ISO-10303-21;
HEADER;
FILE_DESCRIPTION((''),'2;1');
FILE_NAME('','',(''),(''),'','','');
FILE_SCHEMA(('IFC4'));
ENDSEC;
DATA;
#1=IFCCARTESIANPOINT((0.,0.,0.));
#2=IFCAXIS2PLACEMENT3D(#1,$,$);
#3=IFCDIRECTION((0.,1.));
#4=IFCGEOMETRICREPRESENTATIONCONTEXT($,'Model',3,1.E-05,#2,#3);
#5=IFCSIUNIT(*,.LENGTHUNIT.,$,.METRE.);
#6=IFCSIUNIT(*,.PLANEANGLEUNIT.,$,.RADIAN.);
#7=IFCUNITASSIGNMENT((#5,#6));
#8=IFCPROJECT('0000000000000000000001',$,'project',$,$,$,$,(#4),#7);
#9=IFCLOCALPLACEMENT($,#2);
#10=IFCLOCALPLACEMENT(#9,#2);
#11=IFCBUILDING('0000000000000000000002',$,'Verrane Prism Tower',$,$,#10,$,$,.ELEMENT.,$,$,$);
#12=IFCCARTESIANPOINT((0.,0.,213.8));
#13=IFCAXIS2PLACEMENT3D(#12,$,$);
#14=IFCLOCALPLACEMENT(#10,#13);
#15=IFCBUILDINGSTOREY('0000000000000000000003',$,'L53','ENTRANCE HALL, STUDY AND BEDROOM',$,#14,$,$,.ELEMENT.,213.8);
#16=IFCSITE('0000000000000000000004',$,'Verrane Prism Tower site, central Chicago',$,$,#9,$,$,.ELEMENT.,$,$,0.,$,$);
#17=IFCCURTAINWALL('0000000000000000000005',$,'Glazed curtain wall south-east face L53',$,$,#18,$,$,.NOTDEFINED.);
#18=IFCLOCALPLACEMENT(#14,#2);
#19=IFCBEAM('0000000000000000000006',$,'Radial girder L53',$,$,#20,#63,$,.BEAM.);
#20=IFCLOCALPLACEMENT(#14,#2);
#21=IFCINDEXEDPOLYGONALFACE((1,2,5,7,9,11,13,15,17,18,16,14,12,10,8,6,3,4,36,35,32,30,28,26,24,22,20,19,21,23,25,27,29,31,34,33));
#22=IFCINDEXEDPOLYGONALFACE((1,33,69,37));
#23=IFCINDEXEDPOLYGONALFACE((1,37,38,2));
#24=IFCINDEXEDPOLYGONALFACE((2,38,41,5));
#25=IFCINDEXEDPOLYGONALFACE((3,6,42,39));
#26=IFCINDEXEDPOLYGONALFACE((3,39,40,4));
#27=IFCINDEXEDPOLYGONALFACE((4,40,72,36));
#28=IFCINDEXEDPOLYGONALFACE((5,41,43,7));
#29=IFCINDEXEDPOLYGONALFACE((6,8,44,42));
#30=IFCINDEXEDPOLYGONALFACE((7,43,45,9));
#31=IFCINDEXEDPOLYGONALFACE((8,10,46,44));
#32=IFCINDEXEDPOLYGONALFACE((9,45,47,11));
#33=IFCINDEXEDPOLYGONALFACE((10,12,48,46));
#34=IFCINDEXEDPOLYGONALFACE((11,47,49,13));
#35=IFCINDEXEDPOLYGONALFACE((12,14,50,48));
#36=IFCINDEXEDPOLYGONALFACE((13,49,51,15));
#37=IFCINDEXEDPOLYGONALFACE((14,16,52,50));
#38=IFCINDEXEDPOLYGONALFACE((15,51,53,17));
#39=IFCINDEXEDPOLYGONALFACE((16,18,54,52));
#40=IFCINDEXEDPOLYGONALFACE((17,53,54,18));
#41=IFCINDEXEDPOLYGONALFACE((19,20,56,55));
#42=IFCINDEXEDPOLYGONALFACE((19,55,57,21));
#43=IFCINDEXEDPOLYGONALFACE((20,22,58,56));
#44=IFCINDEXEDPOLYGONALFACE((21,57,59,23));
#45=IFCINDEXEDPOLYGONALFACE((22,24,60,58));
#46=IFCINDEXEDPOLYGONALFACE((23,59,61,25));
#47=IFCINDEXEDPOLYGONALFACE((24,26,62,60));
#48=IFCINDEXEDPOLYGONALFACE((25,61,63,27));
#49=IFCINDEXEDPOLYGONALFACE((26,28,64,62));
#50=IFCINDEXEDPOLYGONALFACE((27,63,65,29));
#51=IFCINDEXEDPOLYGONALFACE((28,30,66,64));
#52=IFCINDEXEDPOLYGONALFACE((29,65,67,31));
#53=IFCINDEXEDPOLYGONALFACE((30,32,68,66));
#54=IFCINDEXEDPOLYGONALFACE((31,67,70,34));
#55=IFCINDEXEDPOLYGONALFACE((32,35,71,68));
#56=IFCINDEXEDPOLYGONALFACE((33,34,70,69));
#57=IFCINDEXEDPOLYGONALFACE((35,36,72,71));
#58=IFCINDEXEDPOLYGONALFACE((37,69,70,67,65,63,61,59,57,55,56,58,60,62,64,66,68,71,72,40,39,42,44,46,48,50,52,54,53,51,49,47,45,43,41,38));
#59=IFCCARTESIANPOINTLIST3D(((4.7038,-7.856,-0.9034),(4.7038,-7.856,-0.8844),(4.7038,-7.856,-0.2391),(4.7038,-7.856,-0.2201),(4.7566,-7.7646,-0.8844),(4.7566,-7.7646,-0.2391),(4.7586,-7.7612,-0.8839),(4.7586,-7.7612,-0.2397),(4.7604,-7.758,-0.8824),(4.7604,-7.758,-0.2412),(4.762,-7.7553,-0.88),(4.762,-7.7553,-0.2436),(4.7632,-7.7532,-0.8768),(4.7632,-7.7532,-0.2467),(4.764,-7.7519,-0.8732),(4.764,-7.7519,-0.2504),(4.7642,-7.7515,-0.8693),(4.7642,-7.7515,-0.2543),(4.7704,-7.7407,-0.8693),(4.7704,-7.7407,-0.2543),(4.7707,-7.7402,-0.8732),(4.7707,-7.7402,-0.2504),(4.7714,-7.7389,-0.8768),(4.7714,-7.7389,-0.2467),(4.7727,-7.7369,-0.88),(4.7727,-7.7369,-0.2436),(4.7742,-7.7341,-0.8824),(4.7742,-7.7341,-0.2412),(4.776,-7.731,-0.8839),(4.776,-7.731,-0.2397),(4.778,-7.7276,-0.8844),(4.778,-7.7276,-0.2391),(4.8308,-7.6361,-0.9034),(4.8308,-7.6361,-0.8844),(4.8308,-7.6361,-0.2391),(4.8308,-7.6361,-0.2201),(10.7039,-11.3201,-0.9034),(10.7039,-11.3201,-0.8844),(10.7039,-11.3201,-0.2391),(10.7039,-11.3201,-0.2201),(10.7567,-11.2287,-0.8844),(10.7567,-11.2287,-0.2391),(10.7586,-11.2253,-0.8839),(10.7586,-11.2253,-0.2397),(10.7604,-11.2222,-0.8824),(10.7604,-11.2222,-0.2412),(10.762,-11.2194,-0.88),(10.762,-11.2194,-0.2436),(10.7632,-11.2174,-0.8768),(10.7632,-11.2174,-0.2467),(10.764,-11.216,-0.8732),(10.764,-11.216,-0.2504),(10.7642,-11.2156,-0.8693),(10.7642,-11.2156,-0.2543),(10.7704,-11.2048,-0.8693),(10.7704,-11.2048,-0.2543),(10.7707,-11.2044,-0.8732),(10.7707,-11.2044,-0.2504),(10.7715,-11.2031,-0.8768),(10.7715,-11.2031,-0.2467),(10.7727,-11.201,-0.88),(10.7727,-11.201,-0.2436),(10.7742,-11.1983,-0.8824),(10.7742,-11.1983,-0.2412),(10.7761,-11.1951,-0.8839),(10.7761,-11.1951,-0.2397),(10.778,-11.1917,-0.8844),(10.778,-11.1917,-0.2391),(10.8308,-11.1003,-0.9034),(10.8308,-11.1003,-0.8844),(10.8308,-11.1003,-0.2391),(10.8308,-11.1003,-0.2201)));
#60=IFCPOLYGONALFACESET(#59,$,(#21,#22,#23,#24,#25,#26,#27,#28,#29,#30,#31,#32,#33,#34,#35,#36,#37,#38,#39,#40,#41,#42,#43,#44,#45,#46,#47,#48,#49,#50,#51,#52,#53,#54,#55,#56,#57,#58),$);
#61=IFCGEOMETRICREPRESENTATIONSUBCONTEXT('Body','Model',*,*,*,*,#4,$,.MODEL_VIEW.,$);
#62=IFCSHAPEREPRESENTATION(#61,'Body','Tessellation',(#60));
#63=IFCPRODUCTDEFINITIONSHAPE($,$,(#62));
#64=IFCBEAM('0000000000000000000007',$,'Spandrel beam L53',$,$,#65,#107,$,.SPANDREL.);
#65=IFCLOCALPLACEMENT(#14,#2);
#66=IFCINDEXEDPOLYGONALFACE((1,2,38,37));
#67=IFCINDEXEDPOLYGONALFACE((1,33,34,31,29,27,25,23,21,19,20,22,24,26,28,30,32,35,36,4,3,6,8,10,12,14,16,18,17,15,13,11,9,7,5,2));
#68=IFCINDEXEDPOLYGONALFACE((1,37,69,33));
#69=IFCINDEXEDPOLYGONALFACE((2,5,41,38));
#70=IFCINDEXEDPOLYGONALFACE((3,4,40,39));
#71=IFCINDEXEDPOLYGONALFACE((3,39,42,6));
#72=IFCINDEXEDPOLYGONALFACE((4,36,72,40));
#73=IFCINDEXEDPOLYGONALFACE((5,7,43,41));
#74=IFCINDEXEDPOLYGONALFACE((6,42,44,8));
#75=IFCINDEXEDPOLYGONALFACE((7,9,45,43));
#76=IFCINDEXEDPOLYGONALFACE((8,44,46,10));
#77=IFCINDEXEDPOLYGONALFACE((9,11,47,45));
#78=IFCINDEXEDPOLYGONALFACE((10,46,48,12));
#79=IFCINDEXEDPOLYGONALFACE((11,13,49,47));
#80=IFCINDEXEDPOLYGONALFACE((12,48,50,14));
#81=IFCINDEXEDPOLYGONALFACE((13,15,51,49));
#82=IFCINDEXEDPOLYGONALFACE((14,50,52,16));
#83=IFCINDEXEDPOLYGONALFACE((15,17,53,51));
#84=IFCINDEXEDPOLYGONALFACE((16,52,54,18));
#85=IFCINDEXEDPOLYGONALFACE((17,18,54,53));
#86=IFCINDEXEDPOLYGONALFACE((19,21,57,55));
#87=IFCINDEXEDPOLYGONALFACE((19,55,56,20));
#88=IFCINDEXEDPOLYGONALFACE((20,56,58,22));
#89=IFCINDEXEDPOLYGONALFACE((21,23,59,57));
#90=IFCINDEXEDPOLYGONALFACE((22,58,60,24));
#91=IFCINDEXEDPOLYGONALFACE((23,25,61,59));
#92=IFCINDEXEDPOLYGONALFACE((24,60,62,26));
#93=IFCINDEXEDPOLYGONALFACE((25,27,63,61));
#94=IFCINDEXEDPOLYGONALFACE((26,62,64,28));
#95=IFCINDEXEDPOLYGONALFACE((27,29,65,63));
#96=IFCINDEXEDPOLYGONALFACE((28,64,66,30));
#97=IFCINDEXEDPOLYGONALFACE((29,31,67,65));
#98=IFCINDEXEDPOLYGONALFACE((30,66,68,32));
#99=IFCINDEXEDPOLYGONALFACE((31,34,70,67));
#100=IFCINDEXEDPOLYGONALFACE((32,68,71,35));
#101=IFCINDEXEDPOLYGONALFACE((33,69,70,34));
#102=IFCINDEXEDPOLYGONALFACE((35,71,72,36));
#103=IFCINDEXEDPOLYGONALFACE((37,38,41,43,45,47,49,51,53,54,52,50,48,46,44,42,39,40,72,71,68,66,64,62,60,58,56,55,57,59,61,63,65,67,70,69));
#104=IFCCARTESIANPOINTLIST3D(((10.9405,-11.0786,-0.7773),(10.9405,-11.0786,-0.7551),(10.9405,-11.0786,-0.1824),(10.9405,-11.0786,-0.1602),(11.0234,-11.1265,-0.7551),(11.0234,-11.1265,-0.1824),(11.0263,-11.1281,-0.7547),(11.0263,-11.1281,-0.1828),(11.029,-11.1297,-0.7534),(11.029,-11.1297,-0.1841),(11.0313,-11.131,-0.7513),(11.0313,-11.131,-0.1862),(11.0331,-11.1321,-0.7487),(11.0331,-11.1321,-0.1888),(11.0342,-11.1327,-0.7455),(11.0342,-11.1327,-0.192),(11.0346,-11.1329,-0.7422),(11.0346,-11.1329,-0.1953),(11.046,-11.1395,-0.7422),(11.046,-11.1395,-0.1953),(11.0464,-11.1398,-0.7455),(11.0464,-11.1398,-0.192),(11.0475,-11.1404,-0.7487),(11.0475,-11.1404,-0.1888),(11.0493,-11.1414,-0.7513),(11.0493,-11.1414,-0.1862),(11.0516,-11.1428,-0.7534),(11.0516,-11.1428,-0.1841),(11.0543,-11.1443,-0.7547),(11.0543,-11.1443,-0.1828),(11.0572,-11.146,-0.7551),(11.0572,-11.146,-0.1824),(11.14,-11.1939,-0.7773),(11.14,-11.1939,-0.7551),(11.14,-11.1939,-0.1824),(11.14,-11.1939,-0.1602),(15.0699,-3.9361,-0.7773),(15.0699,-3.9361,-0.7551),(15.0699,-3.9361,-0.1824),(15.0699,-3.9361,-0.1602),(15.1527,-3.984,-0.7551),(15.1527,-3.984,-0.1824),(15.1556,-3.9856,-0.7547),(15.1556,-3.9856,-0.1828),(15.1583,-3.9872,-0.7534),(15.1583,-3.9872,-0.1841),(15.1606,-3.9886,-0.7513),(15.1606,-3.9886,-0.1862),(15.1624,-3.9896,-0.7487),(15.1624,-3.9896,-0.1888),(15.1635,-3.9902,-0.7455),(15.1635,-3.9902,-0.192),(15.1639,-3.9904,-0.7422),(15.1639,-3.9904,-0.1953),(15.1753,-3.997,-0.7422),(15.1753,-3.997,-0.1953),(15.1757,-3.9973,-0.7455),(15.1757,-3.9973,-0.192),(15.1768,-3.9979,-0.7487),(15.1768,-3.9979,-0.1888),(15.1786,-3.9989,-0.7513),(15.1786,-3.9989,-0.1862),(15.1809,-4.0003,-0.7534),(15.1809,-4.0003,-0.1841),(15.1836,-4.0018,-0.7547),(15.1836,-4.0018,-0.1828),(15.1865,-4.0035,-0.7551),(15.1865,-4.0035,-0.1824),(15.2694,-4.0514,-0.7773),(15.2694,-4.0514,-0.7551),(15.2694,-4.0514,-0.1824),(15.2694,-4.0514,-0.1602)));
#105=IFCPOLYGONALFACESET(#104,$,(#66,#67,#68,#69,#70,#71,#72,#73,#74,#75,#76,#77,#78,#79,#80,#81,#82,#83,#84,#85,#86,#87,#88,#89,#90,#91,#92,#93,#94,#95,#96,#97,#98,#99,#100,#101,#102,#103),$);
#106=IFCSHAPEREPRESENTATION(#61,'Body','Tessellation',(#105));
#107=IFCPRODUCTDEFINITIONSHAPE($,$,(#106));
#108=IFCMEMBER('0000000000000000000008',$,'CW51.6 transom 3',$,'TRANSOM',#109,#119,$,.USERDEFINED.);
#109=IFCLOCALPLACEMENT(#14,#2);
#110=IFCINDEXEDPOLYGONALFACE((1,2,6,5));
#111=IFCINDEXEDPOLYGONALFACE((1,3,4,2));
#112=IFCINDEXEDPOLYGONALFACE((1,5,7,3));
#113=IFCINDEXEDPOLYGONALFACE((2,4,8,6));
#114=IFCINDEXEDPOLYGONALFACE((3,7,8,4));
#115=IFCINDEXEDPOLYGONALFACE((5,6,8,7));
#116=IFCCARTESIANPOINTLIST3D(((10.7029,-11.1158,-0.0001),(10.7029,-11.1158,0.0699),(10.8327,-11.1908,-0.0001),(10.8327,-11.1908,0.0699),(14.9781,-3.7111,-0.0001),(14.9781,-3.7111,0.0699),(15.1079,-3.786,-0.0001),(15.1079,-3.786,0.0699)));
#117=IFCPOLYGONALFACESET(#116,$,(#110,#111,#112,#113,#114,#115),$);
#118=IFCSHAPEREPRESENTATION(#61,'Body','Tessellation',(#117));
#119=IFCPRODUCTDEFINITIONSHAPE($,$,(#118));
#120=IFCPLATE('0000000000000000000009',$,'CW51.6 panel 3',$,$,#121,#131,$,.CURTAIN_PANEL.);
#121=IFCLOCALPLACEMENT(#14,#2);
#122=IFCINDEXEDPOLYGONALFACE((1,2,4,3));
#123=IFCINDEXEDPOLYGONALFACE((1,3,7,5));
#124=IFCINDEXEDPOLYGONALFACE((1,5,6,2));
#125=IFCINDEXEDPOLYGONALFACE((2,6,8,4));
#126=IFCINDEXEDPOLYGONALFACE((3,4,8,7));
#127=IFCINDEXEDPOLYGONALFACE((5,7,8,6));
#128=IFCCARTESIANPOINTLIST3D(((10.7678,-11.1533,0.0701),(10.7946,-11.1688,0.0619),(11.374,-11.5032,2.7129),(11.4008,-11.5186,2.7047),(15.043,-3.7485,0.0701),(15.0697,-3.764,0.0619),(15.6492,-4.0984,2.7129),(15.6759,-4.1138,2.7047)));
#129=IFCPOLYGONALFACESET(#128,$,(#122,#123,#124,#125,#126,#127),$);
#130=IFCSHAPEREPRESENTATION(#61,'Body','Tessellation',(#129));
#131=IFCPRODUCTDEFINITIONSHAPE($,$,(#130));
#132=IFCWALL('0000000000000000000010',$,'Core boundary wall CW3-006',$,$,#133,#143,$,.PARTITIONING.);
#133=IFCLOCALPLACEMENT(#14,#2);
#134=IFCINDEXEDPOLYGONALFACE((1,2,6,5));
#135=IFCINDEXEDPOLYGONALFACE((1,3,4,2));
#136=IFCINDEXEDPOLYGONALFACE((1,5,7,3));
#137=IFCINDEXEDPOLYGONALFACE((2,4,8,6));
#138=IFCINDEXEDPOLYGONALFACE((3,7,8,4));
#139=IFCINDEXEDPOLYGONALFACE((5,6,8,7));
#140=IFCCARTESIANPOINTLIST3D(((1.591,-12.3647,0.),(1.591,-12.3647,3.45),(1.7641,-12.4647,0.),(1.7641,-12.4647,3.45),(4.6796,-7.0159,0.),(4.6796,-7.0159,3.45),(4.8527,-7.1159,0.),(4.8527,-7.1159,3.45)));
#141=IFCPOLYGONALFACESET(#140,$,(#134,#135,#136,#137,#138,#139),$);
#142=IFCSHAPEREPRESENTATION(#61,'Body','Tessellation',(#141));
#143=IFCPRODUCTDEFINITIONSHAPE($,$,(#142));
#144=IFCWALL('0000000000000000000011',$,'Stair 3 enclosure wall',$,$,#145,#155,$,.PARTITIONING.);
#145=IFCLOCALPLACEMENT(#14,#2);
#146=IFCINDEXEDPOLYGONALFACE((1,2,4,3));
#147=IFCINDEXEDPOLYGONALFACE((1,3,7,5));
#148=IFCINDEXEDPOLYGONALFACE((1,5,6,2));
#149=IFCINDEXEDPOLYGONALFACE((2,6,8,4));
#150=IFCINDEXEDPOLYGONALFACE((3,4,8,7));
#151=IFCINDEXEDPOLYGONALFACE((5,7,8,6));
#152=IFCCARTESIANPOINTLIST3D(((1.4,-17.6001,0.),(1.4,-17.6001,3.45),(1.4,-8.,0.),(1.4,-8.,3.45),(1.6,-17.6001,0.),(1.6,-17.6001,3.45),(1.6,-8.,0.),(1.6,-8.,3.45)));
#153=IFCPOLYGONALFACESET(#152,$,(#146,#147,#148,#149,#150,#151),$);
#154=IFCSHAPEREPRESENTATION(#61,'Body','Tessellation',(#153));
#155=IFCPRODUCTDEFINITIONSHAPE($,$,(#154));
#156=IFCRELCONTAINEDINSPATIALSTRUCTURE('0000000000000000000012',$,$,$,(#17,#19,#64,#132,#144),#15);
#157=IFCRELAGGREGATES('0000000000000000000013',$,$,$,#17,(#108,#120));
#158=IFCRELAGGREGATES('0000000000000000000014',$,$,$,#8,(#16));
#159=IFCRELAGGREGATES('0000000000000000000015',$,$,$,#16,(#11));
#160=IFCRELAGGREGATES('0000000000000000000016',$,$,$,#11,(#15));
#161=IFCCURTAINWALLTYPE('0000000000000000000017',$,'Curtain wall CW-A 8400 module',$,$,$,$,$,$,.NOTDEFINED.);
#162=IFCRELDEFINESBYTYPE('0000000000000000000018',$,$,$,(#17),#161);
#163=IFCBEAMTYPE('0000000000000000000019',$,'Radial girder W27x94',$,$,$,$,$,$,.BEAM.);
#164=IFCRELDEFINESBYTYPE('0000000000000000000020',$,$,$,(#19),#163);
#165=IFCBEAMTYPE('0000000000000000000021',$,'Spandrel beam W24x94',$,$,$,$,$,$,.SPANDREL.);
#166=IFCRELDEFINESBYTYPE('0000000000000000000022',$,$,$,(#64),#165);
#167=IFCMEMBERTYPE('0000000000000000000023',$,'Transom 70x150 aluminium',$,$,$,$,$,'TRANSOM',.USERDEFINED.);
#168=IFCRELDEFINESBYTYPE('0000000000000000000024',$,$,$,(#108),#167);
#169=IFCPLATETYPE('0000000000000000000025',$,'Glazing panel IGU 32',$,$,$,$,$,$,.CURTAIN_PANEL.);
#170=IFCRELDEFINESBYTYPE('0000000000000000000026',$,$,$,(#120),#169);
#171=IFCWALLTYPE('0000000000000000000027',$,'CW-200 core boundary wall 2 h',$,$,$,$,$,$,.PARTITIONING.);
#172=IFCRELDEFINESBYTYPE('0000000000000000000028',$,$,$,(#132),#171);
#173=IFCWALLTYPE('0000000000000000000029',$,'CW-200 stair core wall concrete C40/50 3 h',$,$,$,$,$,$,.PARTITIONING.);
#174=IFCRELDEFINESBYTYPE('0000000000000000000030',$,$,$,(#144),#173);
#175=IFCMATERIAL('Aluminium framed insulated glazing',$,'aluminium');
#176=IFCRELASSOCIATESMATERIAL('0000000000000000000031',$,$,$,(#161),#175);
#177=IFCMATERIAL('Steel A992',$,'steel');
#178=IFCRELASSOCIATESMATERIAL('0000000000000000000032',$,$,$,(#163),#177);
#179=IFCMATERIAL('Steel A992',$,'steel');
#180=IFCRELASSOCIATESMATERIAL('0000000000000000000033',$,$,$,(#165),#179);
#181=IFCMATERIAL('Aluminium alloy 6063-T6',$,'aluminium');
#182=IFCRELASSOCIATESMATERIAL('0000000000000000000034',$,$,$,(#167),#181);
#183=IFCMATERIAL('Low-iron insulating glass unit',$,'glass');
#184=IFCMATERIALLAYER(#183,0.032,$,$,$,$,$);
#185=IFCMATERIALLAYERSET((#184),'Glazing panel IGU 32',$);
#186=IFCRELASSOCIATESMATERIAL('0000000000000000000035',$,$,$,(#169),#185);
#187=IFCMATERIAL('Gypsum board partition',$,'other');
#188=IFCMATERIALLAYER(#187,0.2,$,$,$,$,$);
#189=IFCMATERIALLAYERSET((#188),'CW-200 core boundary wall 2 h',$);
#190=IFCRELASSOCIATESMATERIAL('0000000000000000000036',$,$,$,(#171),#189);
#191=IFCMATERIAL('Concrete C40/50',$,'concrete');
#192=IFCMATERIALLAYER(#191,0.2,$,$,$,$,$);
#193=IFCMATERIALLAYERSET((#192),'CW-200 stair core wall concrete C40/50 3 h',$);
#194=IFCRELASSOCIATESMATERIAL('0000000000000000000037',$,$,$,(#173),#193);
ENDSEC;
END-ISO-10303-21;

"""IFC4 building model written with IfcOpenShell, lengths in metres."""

from ifc_helpers import new_model, si_unit, direction, frame, frame_2d, origin, origin_2d, place, context, subcontext, project, spatial, polyline, rectangle, i_section, outline, extrude, material, layer, layer_set, material_profile, profile_set, type_object, element, aggregate, save


model = new_model("IFC4")

# Units and contexts
model_context = context("Model", 3, precision=1e-05, world=origin(), true_north=direction((0.0, 1.0)))
body_context = subcontext(model_context, "Body", "Model", "MODEL_VIEW")
ifc_project = project(units=[si_unit("LENGTHUNIT", "METRE"), si_unit("PLANEANGLEUNIT", "RADIAN")], contexts=[model_context])

# Site, building, storey
site_placement = place(None, origin())
site = spatial("IfcSite", under=ifc_project, at=site_placement, Name="Verrane Prism Tower site, central Chicago", CompositionType="ELEMENT", RefElevation=0.0)
building_placement = place(site_placement, origin())
building = spatial("IfcBuilding", under=site, at=building_placement, Name="Verrane Prism Tower", CompositionType="ELEMENT")
storey_placement = place(building_placement, frame((0.0, 0.0, 213.8)))
storey = spatial("IfcBuildingStorey", under=building, at=storey_placement, Name="L53", Description="ENTRANCE HALL, STUDY AND BEDROOM", CompositionType="ELEMENT", Elevation=213.8)

# Curtain wall
ifc_material_1 = material(Name="Aluminium framed insulated glazing", Category="aluminium")
curtain_wall_type = type_object("IfcCurtainWallType", Name="Curtain wall CW-A 8400 module", PredefinedType="NOTDEFINED", material=ifc_material_1)
curtain_wall_placement = place(storey_placement, origin())
curtain_wall = element("IfcCurtainWall", 1, at=curtain_wall_placement, inside=storey, type_object=curtain_wall_type, Name="Glazed curtain wall south-east face L53", PredefinedType="NOTDEFINED")

# Beams
ifc_material_2 = material(Name="Steel A992", Category="steel")
ifc_material_profile_1 = material_profile(ifc_material_2, i_section(OverallWidth=0.2539, OverallDepth=0.6833, WebThickness=0.0125, FlangeThickness=0.019, FilletRadius=0.0151, at=origin_2d()), Name="W27x94")
ifc_profile_set_1 = profile_set([ifc_material_profile_1], Name="Steel A992")
beam_type_1 = type_object("IfcBeamType", Name="Radial girder W27x94", PredefinedType="BEAM", material=ifc_profile_set_1)
beam_1_placement = place(storey_placement, frame((10.7673, -11.2102, -0.5618), z_axis=(-0.866025, 0.500001, 0.0), x_axis=(-0.500001, -0.866025, 0.0)))
element("IfcBeam", 2, at=beam_1_placement, inside=storey, type_object=beam_type_1, Name="Radial girder L53", PredefinedType="BEAM", context=body_context, shape_type="SweptSolid", body=[
    extrude(i_section(OverallWidth=0.2539, OverallDepth=0.6833, WebThickness=0.0125, FlangeThickness=0.019, FilletRadius=0.0151, at=origin_2d()), origin(), (0.0, 0.0, 1.0), 6.9282),
])
ifc_material_3 = material(Name="Steel A992", Category="steel")
ifc_material_profile_2 = material_profile(ifc_material_3, i_section(OverallWidth=0.2305, OverallDepth=0.6172, WebThickness=0.0132, FlangeThickness=0.0222, FilletRadius=0.0129, at=origin_2d()), Name="W24x94")
ifc_profile_set_2 = profile_set([ifc_material_profile_2], Name="Steel A992")
beam_type_2 = type_object("IfcBeamType", Name="Spandrel beam W24x94", PredefinedType="SPANDREL", material=ifc_profile_set_2)
beam_2_placement = place(storey_placement, frame((11.0403, -11.1362, -0.4688), z_axis=(0.500511, 0.86573, 0.0), x_axis=(-0.86573, 0.500511, 0.0)))
element("IfcBeam", 3, at=beam_2_placement, inside=storey, type_object=beam_type_2, Name="Spandrel beam L53", PredefinedType="SPANDREL", context=body_context, shape_type="SweptSolid", body=[
    extrude(i_section(OverallWidth=0.2305, OverallDepth=0.6172, WebThickness=0.0132, FlangeThickness=0.0222, FilletRadius=0.0129, at=origin_2d()), origin(), (0.0, 0.0, 1.0), 8.2502),
])

# Member
ifc_material_4 = material(Name="Aluminium alloy 6063-T6", Category="aluminium")
ifc_material_profile_3 = material_profile(ifc_material_4, rectangle(XDim=0.1499, YDim=0.0701, at=origin_2d()), Name="Transom 70x150 aluminium")
ifc_profile_set_3 = profile_set([ifc_material_profile_3], Name="Aluminium alloy 6063-T6")
member_type_1 = type_object("IfcMemberType", Name="Transom 70x150 aluminium", ElementType="TRANSOM", PredefinedType="USERDEFINED", material=ifc_profile_set_3)
member_1_placement = place(storey_placement, frame((10.7678, -11.1533, 0.0349), z_axis=(0.499999, 0.866026, 0.0), x_axis=(-0.866026, 0.499999, 0.0)))
member_1 = element("IfcMember", 4, at=member_1_placement, type_object=member_type_1, Name="CW51.6 transom 3", ObjectType="TRANSOM", PredefinedType="USERDEFINED", context=body_context, shape_type="SweptSolid", body=[
    extrude(rectangle(XDim=0.1499, YDim=0.0701, at=origin_2d()), origin(), (0.0, 0.0, 1.0), 8.5503),
])

# Plate
ifc_material_5 = material(Name="Low-iron insulating glass unit", Category="glass")
ifc_layer_1 = layer(ifc_material_5, 0.032)
ifc_layer_set_1 = layer_set([ifc_layer_1], Name="Glazing panel IGU 32")
plate_type = type_object("IfcPlateType", Name="Glazing panel IGU 32", PredefinedType="CURTAIN_PANEL", material=ifc_layer_set_1)
plate_placement = place(storey_placement, frame((10.7678, -11.1533, 0.0701), z_axis=(-0.837165, 0.483336, 0.256009), x_axis=(0.499999, 0.866026, 0.0)))
plate = element("IfcPlate", 5, at=plate_placement, type_object=plate_type, Name="CW51.6 panel 3", PredefinedType="CURTAIN_PANEL", context=body_context, shape_type="SweptSolid", body=[
    extrude(outline(polyline([(0.0, 0.0), (8.5503, 0.0), (8.5504, -2.7339), (0.0001, -2.7339), (0.0, 0.0)])), origin(), (0.0, 0.0, -1.0), 0.032),
])
aggregate(curtain_wall, [member_1, plate])

# Walls
ifc_material_6 = material(Name="Gypsum board partition", Category="other")
ifc_layer_2 = layer(ifc_material_6, 0.2)
ifc_layer_set_2 = layer_set([ifc_layer_2], Name="CW-200 core boundary wall 2 h")
wall_type_1 = type_object("IfcWallType", Name="CW-200 core boundary wall 2 h", PredefinedType="PARTITIONING", material=ifc_layer_set_2)
wall_1_placement = place(storey_placement, frame((1.6775, -12.4148, 0.0), z_axis=(0.0, 0.0, 1.0), x_axis=(0.500054, 0.865994, 0.0)))
element("IfcWall", 6, at=wall_1_placement, inside=storey, type_object=wall_type_1, Name="Core boundary wall CW3-006", PredefinedType="PARTITIONING", context=body_context, shape_type="SweptSolid", body=[
    extrude(rectangle(XDim=6.1765, YDim=0.2, at=frame_2d((3.0884, 0.0))), origin(), (0.0, 0.0, 1.0), 3.45),
])
ifc_material_7 = material(Name="Concrete C40/50", Category="concrete")
ifc_layer_3 = layer(ifc_material_7, 0.2)
ifc_layer_set_3 = layer_set([ifc_layer_3], Name="CW-200 stair core wall concrete C40/50 3 h")
wall_type_2 = type_object("IfcWallType", Name="CW-200 stair core wall concrete C40/50 3 h", PredefinedType="PARTITIONING", material=ifc_layer_set_3)
wall_2_placement = place(storey_placement, frame((1.5, -8.0, 0.0), z_axis=(0.0, 0.0, 1.0), x_axis=(0.0, -1.0, 0.0)))
element("IfcWall", 7, at=wall_2_placement, inside=storey, type_object=wall_type_2, Name="Stair 3 enclosure wall", PredefinedType="PARTITIONING", context=body_context, shape_type="SweptSolid", body=[
    extrude(rectangle(XDim=9.6001, YDim=0.2, at=frame_2d((4.8, 0.0))), origin(), (0.0, 0.0, 1.0), 3.45),
])

save(model, "model.ifc")
